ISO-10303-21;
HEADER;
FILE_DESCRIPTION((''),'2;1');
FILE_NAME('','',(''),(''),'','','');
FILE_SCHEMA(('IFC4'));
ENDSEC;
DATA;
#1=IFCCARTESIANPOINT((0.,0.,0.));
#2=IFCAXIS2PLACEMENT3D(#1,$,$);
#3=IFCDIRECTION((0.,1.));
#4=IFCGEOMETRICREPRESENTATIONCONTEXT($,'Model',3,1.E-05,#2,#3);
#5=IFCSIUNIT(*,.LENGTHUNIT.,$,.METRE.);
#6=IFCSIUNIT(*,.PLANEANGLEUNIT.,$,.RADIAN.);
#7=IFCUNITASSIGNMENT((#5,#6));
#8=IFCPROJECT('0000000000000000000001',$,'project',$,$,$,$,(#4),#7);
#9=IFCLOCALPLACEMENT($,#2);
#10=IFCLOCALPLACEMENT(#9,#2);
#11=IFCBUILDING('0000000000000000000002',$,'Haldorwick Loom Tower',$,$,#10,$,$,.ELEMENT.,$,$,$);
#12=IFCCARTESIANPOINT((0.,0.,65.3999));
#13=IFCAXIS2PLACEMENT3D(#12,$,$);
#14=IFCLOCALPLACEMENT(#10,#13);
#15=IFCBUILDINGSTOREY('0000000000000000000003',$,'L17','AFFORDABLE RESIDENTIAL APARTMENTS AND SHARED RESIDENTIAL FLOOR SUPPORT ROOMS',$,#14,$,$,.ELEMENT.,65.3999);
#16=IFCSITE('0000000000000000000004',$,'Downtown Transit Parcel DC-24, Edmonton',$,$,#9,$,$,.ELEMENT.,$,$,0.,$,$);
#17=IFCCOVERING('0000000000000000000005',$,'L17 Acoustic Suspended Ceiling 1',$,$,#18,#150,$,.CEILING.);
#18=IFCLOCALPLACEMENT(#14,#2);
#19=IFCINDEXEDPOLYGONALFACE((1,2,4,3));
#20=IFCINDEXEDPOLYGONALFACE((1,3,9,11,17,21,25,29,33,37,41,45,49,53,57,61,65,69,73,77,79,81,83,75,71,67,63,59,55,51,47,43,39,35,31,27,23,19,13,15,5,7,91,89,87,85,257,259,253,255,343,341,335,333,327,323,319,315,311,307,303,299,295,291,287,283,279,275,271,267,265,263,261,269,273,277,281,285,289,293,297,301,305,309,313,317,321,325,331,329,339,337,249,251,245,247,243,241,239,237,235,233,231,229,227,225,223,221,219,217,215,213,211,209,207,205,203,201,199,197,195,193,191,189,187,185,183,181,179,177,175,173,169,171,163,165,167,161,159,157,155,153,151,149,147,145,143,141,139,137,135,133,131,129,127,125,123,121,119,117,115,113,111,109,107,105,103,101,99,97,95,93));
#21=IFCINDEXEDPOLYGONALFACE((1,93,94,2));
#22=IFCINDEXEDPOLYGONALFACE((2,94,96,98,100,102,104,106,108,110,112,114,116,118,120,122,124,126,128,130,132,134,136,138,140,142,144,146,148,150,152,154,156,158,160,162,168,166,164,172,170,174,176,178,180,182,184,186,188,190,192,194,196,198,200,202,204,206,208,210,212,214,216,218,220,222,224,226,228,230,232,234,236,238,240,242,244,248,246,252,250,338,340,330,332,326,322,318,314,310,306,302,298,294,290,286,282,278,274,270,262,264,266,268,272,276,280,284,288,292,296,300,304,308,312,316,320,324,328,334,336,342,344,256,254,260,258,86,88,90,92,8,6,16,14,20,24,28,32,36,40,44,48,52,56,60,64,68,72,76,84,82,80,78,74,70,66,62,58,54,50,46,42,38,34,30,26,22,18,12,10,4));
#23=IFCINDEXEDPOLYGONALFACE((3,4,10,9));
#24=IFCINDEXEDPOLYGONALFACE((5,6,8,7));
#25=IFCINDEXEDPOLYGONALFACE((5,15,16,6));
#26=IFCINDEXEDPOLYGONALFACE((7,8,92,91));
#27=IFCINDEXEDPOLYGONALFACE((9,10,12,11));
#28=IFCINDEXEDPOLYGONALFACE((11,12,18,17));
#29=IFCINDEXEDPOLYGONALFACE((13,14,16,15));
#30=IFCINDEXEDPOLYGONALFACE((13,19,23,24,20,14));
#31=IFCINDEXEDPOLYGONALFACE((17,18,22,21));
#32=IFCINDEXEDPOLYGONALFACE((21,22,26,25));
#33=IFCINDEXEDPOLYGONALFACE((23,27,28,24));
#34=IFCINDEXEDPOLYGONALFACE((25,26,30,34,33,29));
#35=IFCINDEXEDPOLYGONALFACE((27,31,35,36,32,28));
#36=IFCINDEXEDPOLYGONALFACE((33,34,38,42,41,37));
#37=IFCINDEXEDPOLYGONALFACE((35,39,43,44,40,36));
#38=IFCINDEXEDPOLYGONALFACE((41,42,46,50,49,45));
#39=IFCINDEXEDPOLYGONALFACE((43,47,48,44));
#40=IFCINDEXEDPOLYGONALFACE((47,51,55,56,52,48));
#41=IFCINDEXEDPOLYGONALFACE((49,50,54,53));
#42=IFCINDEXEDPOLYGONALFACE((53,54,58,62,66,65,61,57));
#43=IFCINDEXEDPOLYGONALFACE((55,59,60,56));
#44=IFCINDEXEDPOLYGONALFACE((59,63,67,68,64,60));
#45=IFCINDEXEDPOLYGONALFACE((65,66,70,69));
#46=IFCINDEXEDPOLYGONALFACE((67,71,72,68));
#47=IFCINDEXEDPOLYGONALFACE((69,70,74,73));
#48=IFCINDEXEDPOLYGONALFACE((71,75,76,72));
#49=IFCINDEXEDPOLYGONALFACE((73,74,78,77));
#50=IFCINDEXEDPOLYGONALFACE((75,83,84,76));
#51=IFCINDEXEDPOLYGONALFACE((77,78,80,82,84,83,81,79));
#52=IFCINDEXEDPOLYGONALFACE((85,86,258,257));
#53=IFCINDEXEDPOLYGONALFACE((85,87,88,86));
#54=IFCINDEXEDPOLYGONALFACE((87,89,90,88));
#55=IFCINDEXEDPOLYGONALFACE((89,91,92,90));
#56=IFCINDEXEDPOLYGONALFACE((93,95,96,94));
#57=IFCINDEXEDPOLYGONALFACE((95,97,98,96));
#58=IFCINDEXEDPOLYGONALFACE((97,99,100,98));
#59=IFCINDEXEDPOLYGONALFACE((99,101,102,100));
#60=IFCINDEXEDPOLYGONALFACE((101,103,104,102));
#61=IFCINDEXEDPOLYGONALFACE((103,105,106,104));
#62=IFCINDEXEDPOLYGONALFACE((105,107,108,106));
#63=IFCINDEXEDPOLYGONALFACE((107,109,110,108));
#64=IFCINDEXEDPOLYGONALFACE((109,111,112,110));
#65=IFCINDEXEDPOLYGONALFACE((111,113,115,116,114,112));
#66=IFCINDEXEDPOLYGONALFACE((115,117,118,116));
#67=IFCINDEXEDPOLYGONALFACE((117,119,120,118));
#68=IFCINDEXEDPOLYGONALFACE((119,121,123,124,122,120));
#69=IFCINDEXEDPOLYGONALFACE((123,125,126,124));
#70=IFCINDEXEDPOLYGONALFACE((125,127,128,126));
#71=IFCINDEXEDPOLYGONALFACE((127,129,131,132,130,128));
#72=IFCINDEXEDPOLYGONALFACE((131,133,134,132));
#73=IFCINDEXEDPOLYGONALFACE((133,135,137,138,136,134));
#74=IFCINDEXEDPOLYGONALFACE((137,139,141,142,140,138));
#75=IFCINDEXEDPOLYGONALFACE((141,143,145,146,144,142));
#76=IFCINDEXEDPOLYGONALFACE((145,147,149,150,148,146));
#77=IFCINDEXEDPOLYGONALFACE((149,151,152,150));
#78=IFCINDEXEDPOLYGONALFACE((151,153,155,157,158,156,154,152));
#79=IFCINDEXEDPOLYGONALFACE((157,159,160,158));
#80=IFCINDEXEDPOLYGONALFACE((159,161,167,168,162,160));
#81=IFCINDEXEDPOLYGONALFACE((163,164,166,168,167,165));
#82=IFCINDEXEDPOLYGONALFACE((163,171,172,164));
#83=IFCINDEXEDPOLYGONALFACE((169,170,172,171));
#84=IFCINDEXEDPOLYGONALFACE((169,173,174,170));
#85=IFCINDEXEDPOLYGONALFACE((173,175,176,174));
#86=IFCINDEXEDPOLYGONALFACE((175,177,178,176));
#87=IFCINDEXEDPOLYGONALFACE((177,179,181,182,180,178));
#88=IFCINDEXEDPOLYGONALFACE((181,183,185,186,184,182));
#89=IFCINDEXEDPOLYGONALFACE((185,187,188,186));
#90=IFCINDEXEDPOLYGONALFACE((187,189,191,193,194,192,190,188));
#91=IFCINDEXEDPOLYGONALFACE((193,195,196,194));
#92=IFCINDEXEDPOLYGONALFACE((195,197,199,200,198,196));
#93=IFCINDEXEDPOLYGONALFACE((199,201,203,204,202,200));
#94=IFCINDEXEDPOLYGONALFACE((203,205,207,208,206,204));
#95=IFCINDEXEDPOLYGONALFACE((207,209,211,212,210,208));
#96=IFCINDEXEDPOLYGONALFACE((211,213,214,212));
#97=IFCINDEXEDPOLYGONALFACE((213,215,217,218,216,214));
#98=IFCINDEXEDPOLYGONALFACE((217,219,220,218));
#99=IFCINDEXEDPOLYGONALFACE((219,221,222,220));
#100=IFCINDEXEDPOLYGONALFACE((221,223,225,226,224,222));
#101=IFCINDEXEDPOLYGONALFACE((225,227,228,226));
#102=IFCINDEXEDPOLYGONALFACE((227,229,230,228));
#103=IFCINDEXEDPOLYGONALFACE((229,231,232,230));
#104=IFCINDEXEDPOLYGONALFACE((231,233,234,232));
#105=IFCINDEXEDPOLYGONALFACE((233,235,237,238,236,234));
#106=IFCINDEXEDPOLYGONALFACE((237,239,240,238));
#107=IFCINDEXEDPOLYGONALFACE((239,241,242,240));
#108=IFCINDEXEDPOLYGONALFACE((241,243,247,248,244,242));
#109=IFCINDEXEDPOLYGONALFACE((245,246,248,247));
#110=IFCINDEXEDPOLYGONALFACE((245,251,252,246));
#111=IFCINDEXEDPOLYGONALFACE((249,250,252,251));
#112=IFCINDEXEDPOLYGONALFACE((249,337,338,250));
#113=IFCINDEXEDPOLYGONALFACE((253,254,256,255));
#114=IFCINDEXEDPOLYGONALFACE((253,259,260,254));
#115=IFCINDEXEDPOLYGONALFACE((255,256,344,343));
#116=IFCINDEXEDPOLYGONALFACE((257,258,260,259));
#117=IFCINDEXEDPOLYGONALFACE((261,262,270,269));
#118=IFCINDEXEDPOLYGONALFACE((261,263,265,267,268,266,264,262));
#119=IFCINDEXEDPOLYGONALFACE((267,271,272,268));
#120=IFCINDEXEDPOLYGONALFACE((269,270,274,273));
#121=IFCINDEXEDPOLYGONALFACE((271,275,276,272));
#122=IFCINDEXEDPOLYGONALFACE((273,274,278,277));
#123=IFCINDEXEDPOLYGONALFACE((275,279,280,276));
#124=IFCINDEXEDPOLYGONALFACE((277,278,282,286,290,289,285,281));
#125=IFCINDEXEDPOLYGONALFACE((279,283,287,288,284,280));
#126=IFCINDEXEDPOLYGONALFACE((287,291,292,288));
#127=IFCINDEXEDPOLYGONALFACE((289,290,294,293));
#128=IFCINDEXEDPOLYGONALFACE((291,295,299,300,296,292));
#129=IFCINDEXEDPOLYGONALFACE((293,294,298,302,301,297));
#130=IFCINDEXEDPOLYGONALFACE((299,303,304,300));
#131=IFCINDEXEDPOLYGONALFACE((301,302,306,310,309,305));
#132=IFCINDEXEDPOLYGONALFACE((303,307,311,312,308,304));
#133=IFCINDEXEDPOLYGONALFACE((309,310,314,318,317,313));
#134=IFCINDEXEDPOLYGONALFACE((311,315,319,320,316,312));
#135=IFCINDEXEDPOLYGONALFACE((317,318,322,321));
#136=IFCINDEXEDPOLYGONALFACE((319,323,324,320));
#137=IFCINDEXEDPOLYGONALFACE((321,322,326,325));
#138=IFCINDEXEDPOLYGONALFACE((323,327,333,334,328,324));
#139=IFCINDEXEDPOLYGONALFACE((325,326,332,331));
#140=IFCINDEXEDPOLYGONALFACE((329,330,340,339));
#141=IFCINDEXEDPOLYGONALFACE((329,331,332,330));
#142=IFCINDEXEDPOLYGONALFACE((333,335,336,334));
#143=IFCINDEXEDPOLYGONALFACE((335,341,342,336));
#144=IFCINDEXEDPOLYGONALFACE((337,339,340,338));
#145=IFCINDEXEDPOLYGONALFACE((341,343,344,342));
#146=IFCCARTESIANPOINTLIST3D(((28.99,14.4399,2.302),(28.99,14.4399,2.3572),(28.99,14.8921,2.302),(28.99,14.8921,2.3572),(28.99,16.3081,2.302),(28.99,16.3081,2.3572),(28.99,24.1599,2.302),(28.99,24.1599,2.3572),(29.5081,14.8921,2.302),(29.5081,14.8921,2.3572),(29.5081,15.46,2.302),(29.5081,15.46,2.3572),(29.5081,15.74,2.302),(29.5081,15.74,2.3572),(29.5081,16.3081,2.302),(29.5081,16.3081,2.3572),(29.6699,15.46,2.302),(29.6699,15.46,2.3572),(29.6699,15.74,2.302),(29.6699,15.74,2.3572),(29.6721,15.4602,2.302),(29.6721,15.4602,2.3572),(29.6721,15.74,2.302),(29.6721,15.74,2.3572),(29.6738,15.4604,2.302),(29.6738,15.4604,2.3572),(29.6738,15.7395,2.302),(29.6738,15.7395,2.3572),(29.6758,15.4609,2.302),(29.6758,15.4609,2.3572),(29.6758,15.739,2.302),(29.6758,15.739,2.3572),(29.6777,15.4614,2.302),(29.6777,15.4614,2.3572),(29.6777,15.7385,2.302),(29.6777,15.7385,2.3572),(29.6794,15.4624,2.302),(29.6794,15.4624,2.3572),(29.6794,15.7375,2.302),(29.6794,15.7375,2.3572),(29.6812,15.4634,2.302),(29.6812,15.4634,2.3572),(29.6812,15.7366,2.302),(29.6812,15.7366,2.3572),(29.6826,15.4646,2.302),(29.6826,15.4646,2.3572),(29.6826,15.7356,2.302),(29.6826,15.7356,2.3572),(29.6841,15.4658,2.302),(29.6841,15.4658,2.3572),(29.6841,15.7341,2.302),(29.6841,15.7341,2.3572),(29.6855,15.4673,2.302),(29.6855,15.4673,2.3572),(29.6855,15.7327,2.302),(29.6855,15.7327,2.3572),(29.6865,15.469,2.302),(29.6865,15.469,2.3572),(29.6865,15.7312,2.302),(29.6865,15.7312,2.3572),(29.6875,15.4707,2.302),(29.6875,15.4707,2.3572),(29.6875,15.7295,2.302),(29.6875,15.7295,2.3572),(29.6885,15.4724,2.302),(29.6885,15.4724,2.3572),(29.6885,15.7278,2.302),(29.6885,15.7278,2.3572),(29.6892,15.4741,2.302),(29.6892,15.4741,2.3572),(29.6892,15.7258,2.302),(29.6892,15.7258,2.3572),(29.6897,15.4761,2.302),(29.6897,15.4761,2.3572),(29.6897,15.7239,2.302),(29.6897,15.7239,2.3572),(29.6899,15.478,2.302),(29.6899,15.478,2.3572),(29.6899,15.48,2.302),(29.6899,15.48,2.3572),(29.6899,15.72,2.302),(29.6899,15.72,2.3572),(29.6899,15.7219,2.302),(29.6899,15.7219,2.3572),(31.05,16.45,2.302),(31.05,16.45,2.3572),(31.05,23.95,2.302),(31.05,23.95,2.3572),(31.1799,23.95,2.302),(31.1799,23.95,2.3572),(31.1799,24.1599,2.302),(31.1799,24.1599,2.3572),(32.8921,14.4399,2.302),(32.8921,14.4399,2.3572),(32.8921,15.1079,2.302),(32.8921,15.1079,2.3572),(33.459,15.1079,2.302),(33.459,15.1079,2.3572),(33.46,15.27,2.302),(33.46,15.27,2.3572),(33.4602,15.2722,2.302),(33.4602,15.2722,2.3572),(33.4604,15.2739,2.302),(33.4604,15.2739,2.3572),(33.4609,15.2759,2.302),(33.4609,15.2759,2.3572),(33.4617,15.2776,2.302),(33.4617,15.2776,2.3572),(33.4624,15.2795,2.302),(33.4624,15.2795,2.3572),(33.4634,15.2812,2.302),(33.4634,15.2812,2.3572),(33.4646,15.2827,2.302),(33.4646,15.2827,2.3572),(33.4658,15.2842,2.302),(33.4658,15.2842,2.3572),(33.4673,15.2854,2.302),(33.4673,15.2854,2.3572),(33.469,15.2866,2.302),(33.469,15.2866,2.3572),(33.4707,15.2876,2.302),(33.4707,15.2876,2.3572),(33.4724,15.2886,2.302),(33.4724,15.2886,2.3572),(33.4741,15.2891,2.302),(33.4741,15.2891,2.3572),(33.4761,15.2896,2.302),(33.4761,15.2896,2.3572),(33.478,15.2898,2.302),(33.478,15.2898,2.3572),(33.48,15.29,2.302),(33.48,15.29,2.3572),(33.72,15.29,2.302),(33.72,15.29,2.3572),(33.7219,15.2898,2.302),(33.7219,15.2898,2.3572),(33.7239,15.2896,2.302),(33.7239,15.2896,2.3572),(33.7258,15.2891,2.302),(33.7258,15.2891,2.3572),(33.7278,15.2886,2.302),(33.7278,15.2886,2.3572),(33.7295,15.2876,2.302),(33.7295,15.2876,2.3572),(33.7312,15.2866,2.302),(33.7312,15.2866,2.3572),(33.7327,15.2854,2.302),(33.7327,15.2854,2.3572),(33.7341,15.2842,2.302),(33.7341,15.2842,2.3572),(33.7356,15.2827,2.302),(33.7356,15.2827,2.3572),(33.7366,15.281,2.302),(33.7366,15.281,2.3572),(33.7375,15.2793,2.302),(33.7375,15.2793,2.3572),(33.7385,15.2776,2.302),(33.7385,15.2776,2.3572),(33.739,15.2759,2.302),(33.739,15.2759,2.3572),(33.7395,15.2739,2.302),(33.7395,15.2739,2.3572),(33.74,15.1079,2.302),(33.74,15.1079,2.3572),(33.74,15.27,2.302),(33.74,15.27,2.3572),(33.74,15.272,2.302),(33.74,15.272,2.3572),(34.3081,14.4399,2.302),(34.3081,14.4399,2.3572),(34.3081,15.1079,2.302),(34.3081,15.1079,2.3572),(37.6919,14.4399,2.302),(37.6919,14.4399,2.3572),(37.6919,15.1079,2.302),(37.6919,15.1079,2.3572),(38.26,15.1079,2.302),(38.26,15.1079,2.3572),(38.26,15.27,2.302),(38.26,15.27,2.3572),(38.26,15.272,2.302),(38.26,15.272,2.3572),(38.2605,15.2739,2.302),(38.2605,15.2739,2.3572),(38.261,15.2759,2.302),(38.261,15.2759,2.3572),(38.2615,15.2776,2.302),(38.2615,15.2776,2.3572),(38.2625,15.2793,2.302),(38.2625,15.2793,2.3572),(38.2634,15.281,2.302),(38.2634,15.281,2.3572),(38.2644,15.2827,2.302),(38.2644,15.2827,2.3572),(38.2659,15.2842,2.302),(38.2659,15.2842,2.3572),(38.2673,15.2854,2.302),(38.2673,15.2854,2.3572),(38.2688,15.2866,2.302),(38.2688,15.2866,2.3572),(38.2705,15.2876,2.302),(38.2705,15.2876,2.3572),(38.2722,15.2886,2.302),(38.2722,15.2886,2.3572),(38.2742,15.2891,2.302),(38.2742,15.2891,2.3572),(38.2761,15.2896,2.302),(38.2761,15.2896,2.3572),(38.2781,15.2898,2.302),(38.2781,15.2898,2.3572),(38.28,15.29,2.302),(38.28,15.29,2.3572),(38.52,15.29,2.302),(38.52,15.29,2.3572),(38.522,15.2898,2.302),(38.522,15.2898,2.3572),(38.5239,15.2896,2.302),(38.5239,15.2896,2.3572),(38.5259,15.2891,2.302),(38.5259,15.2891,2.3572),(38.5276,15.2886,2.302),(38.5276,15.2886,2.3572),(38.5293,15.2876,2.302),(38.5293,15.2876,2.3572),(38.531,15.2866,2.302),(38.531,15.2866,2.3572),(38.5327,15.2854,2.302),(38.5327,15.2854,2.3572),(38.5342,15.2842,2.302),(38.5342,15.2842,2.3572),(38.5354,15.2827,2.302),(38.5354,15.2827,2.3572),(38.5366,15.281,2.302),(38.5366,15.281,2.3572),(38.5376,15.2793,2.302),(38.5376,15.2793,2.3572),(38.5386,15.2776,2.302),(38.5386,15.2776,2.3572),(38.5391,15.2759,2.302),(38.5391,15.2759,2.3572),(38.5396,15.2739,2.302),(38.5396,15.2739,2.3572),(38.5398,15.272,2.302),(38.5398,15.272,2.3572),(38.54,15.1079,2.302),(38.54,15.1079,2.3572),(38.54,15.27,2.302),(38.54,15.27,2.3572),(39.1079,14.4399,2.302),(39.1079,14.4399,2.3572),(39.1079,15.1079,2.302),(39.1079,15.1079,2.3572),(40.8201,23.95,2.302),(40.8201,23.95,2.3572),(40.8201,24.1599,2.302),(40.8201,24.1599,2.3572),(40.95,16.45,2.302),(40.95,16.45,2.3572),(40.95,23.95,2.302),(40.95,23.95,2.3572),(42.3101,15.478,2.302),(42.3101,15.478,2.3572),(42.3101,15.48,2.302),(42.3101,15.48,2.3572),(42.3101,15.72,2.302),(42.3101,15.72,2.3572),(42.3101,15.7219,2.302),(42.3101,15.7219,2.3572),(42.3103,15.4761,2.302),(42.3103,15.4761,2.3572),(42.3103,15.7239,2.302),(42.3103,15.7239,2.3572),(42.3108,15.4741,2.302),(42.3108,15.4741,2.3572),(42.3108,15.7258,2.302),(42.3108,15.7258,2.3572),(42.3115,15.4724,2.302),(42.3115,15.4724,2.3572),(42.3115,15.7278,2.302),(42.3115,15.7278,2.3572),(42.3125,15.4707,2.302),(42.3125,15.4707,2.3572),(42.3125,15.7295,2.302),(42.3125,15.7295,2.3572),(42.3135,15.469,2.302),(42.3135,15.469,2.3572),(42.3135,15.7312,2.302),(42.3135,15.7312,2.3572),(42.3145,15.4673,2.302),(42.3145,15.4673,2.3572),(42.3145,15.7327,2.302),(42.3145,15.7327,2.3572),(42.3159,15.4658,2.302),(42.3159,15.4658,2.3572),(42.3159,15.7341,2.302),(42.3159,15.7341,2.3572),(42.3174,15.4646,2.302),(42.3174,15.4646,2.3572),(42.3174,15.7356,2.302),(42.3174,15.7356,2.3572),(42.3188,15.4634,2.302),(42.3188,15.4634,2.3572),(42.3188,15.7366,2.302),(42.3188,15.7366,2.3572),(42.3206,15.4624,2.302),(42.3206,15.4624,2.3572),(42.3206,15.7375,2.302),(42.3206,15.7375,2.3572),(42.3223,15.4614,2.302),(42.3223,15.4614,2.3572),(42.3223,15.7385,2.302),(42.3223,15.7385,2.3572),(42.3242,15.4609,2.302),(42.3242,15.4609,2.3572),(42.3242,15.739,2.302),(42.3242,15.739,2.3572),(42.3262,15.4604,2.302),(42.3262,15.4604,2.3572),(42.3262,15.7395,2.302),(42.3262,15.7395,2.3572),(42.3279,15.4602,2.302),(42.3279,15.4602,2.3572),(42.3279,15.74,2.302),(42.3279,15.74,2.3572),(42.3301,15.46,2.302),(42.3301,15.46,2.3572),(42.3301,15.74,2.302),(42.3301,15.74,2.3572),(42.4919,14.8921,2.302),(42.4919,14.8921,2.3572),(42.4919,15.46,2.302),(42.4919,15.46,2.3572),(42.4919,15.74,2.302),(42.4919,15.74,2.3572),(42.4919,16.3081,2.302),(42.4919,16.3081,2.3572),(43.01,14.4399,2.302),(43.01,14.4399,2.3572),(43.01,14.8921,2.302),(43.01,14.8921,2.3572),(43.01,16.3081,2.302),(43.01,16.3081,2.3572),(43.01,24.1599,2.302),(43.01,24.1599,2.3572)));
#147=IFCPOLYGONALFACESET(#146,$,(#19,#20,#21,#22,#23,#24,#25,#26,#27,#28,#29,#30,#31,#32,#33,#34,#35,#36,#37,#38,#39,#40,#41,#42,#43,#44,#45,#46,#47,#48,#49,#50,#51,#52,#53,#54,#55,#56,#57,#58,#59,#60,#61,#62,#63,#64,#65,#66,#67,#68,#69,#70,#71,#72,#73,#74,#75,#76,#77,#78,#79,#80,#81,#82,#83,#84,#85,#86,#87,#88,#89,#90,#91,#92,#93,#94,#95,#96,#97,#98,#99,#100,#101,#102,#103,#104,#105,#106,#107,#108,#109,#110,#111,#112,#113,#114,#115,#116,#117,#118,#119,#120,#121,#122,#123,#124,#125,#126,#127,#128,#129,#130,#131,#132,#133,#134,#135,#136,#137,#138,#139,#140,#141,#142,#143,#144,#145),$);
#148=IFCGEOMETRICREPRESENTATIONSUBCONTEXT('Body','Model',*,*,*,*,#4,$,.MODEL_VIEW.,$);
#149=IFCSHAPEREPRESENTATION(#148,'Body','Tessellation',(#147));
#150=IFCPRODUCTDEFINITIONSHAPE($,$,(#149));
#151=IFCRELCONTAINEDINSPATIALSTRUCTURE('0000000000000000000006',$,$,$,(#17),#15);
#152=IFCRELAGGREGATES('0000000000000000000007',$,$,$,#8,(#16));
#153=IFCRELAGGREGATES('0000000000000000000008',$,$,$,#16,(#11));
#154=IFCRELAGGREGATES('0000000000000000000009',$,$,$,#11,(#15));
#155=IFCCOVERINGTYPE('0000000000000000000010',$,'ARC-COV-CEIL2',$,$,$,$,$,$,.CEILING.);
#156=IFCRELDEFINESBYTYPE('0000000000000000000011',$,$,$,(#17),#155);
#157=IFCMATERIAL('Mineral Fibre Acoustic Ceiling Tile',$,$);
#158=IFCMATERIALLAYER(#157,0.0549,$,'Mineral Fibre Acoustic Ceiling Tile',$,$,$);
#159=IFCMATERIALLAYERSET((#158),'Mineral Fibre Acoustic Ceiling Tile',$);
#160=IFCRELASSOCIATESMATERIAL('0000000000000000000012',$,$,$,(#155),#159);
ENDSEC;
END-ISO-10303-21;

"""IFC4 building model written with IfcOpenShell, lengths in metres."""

from ifc_helpers import new_model, si_unit, direction, frame, origin, place, context, subcontext, project, spatial, polyline, outline, extrude, material, layer, layer_set, type_object, element, save


model = new_model("IFC4")

# Units and contexts
model_context = context("Model", 3, precision=1e-05, world=origin(), true_north=direction((0.0, 1.0)))
body_context = subcontext(model_context, "Body", "Model", "MODEL_VIEW")
ifc_project = project(units=[si_unit("LENGTHUNIT", "METRE"), si_unit("PLANEANGLEUNIT", "RADIAN")], contexts=[model_context])

# Site, building, storey
site_placement = place(None, origin())
site = spatial("IfcSite", under=ifc_project, at=site_placement, Name="Downtown Transit Parcel DC-24, Edmonton", CompositionType="ELEMENT", RefElevation=0.0)
building_placement = place(site_placement, origin())
building = spatial("IfcBuilding", under=site, at=building_placement, Name="Haldorwick Loom Tower", CompositionType="ELEMENT")
storey_placement = place(building_placement, frame((0.0, 0.0, 65.3999)))
storey = spatial("IfcBuildingStorey", under=building, at=storey_placement, Name="L17", Description="AFFORDABLE RESIDENTIAL APARTMENTS AND SHARED RESIDENTIAL FLOOR SUPPORT ROOMS", CompositionType="ELEMENT", Elevation=65.3999)

# Covering
ifc_material_1 = material(Name="Mineral Fibre Acoustic Ceiling Tile")
ifc_layer_1 = layer(ifc_material_1, 0.0549, Name="Mineral Fibre Acoustic Ceiling Tile")
ifc_layer_set_1 = layer_set([ifc_layer_1], Name="Mineral Fibre Acoustic Ceiling Tile")
covering_type_1 = type_object("IfcCoveringType", Name="ARC-COV-CEIL2", PredefinedType="CEILING", material=ifc_layer_set_1)
covering_1_placement = place(storey_placement, frame((0.0, 0.0, 2.302)))
element("IfcCovering", 1, at=covering_1_placement, inside=storey, type_object=covering_type_1, Name="L17 Acoustic Suspended Ceiling 1", PredefinedType="CEILING", context=body_context, shape_type="SweptSolid", body=[
    extrude(outline(polyline([(33.74, 15.1079), (34.3081, 15.1079), (34.3081, 14.4399), (37.6919, 14.4399), (37.6919, 15.1079), (38.26, 15.1079), (38.26, 15.27), (38.26, 15.272), (38.2605, 15.2739), (38.261, 15.2759), (38.2615, 15.2776), (38.2625, 15.2793), (38.2634, 15.281), (38.2644, 15.2827), (38.2659, 15.2842), (38.2673, 15.2854), (38.2688, 15.2866), (38.2705, 15.2876), (38.2722, 15.2886), (38.2742, 15.2891), (38.2761, 15.2896), (38.2781, 15.2898), (38.28, 15.29), (38.52, 15.29), (38.522, 15.2898), (38.5239, 15.2896), (38.5259, 15.2891), (38.5276, 15.2886), (38.5293, 15.2876), (38.531, 15.2866), (38.5327, 15.2854), (38.5342, 15.2842), (38.5354, 15.2827), (38.5366, 15.281), (38.5376, 15.2793), (38.5386, 15.2776), (38.5391, 15.2759), (38.5396, 15.2739), (38.5398, 15.272), (38.54, 15.27), (38.54, 15.1079), (39.1079, 15.1079), (39.1079, 14.4399), (43.01, 14.4399), (43.01, 14.8921), (42.4919, 14.8921), (42.4919, 15.46), (42.3301, 15.46), (42.3279, 15.4602), (42.3262, 15.4604), (42.3242, 15.4609), (42.3223, 15.4614), (42.3206, 15.4624), (42.3188, 15.4634), (42.3174, 15.4646), (42.3159, 15.4658), (42.3145, 15.4673), (42.3135, 15.469), (42.3125, 15.4707), (42.3115, 15.4724), (42.3108, 15.4741), (42.3103, 15.4761), (42.3101, 15.478), (42.3101, 15.48), (42.3101, 15.72), (42.3101, 15.7219), (42.3103, 15.7239), (42.3108, 15.7258), (42.3115, 15.7278), (42.3125, 15.7295), (42.3135, 15.7312), (42.3145, 15.7327), (42.3159, 15.7341), (42.3174, 15.7356), (42.3188, 15.7366), (42.3206, 15.7375), (42.3223, 15.7385), (42.3242, 15.739), (42.3262, 15.7395), (42.3279, 15.74), (42.3301, 15.74), (42.4919, 15.74), (42.4919, 16.3081), (43.01, 16.3081), (43.01, 24.1599), (40.8201, 24.1599), (40.8201, 23.95), (40.95, 23.95), (40.95, 16.45), (31.05, 16.45), (31.05, 23.95), (31.1799, 23.95), (31.1799, 24.1599), (28.99, 24.1599), (28.99, 16.3081), (29.5081, 16.3081), (29.5081, 15.74), (29.6699, 15.74), (29.6721, 15.74), (29.6738, 15.7395), (29.6758, 15.739), (29.6777, 15.7385), (29.6794, 15.7375), (29.6812, 15.7366), (29.6826, 15.7356), (29.6841, 15.7341), (29.6855, 15.7327), (29.6865, 15.7312), (29.6875, 15.7295), (29.6885, 15.7278), (29.6892, 15.7258), (29.6897, 15.7239), (29.6899, 15.7219), (29.6899, 15.72), (29.6899, 15.48), (29.6899, 15.478), (29.6897, 15.4761), (29.6892, 15.4741), (29.6885, 15.4724), (29.6875, 15.4707), (29.6865, 15.469), (29.6855, 15.4673), (29.6841, 15.4658), (29.6826, 15.4646), (29.6812, 15.4634), (29.6794, 15.4624), (29.6777, 15.4614), (29.6758, 15.4609), (29.6738, 15.4604), (29.6721, 15.4602), (29.6699, 15.46), (29.5081, 15.46), (29.5081, 14.8921), (28.99, 14.8921), (28.99, 14.4399), (32.8921, 14.4399), (32.8921, 15.1079), (33.459, 15.1079), (33.46, 15.27), (33.4602, 15.2722), (33.4604, 15.2739), (33.4609, 15.2759), (33.4617, 15.2776), (33.4624, 15.2795), (33.4634, 15.2812), (33.4646, 15.2827), (33.4658, 15.2842), (33.4673, 15.2854), (33.469, 15.2866), (33.4707, 15.2876), (33.4724, 15.2886), (33.4741, 15.2891), (33.4761, 15.2896), (33.478, 15.2898), (33.48, 15.29), (33.72, 15.29), (33.7219, 15.2898), (33.7239, 15.2896), (33.7258, 15.2891), (33.7278, 15.2886), (33.7295, 15.2876), (33.7312, 15.2866), (33.7327, 15.2854), (33.7341, 15.2842), (33.7356, 15.2827), (33.7366, 15.281), (33.7375, 15.2793), (33.7385, 15.2776), (33.739, 15.2759), (33.7395, 15.2739), (33.74, 15.272), (33.74, 15.27), (33.74, 15.1079)])), origin(), (0.0, 0.0, 1.0), 0.0552),
])

save(model, "model.ifc")
